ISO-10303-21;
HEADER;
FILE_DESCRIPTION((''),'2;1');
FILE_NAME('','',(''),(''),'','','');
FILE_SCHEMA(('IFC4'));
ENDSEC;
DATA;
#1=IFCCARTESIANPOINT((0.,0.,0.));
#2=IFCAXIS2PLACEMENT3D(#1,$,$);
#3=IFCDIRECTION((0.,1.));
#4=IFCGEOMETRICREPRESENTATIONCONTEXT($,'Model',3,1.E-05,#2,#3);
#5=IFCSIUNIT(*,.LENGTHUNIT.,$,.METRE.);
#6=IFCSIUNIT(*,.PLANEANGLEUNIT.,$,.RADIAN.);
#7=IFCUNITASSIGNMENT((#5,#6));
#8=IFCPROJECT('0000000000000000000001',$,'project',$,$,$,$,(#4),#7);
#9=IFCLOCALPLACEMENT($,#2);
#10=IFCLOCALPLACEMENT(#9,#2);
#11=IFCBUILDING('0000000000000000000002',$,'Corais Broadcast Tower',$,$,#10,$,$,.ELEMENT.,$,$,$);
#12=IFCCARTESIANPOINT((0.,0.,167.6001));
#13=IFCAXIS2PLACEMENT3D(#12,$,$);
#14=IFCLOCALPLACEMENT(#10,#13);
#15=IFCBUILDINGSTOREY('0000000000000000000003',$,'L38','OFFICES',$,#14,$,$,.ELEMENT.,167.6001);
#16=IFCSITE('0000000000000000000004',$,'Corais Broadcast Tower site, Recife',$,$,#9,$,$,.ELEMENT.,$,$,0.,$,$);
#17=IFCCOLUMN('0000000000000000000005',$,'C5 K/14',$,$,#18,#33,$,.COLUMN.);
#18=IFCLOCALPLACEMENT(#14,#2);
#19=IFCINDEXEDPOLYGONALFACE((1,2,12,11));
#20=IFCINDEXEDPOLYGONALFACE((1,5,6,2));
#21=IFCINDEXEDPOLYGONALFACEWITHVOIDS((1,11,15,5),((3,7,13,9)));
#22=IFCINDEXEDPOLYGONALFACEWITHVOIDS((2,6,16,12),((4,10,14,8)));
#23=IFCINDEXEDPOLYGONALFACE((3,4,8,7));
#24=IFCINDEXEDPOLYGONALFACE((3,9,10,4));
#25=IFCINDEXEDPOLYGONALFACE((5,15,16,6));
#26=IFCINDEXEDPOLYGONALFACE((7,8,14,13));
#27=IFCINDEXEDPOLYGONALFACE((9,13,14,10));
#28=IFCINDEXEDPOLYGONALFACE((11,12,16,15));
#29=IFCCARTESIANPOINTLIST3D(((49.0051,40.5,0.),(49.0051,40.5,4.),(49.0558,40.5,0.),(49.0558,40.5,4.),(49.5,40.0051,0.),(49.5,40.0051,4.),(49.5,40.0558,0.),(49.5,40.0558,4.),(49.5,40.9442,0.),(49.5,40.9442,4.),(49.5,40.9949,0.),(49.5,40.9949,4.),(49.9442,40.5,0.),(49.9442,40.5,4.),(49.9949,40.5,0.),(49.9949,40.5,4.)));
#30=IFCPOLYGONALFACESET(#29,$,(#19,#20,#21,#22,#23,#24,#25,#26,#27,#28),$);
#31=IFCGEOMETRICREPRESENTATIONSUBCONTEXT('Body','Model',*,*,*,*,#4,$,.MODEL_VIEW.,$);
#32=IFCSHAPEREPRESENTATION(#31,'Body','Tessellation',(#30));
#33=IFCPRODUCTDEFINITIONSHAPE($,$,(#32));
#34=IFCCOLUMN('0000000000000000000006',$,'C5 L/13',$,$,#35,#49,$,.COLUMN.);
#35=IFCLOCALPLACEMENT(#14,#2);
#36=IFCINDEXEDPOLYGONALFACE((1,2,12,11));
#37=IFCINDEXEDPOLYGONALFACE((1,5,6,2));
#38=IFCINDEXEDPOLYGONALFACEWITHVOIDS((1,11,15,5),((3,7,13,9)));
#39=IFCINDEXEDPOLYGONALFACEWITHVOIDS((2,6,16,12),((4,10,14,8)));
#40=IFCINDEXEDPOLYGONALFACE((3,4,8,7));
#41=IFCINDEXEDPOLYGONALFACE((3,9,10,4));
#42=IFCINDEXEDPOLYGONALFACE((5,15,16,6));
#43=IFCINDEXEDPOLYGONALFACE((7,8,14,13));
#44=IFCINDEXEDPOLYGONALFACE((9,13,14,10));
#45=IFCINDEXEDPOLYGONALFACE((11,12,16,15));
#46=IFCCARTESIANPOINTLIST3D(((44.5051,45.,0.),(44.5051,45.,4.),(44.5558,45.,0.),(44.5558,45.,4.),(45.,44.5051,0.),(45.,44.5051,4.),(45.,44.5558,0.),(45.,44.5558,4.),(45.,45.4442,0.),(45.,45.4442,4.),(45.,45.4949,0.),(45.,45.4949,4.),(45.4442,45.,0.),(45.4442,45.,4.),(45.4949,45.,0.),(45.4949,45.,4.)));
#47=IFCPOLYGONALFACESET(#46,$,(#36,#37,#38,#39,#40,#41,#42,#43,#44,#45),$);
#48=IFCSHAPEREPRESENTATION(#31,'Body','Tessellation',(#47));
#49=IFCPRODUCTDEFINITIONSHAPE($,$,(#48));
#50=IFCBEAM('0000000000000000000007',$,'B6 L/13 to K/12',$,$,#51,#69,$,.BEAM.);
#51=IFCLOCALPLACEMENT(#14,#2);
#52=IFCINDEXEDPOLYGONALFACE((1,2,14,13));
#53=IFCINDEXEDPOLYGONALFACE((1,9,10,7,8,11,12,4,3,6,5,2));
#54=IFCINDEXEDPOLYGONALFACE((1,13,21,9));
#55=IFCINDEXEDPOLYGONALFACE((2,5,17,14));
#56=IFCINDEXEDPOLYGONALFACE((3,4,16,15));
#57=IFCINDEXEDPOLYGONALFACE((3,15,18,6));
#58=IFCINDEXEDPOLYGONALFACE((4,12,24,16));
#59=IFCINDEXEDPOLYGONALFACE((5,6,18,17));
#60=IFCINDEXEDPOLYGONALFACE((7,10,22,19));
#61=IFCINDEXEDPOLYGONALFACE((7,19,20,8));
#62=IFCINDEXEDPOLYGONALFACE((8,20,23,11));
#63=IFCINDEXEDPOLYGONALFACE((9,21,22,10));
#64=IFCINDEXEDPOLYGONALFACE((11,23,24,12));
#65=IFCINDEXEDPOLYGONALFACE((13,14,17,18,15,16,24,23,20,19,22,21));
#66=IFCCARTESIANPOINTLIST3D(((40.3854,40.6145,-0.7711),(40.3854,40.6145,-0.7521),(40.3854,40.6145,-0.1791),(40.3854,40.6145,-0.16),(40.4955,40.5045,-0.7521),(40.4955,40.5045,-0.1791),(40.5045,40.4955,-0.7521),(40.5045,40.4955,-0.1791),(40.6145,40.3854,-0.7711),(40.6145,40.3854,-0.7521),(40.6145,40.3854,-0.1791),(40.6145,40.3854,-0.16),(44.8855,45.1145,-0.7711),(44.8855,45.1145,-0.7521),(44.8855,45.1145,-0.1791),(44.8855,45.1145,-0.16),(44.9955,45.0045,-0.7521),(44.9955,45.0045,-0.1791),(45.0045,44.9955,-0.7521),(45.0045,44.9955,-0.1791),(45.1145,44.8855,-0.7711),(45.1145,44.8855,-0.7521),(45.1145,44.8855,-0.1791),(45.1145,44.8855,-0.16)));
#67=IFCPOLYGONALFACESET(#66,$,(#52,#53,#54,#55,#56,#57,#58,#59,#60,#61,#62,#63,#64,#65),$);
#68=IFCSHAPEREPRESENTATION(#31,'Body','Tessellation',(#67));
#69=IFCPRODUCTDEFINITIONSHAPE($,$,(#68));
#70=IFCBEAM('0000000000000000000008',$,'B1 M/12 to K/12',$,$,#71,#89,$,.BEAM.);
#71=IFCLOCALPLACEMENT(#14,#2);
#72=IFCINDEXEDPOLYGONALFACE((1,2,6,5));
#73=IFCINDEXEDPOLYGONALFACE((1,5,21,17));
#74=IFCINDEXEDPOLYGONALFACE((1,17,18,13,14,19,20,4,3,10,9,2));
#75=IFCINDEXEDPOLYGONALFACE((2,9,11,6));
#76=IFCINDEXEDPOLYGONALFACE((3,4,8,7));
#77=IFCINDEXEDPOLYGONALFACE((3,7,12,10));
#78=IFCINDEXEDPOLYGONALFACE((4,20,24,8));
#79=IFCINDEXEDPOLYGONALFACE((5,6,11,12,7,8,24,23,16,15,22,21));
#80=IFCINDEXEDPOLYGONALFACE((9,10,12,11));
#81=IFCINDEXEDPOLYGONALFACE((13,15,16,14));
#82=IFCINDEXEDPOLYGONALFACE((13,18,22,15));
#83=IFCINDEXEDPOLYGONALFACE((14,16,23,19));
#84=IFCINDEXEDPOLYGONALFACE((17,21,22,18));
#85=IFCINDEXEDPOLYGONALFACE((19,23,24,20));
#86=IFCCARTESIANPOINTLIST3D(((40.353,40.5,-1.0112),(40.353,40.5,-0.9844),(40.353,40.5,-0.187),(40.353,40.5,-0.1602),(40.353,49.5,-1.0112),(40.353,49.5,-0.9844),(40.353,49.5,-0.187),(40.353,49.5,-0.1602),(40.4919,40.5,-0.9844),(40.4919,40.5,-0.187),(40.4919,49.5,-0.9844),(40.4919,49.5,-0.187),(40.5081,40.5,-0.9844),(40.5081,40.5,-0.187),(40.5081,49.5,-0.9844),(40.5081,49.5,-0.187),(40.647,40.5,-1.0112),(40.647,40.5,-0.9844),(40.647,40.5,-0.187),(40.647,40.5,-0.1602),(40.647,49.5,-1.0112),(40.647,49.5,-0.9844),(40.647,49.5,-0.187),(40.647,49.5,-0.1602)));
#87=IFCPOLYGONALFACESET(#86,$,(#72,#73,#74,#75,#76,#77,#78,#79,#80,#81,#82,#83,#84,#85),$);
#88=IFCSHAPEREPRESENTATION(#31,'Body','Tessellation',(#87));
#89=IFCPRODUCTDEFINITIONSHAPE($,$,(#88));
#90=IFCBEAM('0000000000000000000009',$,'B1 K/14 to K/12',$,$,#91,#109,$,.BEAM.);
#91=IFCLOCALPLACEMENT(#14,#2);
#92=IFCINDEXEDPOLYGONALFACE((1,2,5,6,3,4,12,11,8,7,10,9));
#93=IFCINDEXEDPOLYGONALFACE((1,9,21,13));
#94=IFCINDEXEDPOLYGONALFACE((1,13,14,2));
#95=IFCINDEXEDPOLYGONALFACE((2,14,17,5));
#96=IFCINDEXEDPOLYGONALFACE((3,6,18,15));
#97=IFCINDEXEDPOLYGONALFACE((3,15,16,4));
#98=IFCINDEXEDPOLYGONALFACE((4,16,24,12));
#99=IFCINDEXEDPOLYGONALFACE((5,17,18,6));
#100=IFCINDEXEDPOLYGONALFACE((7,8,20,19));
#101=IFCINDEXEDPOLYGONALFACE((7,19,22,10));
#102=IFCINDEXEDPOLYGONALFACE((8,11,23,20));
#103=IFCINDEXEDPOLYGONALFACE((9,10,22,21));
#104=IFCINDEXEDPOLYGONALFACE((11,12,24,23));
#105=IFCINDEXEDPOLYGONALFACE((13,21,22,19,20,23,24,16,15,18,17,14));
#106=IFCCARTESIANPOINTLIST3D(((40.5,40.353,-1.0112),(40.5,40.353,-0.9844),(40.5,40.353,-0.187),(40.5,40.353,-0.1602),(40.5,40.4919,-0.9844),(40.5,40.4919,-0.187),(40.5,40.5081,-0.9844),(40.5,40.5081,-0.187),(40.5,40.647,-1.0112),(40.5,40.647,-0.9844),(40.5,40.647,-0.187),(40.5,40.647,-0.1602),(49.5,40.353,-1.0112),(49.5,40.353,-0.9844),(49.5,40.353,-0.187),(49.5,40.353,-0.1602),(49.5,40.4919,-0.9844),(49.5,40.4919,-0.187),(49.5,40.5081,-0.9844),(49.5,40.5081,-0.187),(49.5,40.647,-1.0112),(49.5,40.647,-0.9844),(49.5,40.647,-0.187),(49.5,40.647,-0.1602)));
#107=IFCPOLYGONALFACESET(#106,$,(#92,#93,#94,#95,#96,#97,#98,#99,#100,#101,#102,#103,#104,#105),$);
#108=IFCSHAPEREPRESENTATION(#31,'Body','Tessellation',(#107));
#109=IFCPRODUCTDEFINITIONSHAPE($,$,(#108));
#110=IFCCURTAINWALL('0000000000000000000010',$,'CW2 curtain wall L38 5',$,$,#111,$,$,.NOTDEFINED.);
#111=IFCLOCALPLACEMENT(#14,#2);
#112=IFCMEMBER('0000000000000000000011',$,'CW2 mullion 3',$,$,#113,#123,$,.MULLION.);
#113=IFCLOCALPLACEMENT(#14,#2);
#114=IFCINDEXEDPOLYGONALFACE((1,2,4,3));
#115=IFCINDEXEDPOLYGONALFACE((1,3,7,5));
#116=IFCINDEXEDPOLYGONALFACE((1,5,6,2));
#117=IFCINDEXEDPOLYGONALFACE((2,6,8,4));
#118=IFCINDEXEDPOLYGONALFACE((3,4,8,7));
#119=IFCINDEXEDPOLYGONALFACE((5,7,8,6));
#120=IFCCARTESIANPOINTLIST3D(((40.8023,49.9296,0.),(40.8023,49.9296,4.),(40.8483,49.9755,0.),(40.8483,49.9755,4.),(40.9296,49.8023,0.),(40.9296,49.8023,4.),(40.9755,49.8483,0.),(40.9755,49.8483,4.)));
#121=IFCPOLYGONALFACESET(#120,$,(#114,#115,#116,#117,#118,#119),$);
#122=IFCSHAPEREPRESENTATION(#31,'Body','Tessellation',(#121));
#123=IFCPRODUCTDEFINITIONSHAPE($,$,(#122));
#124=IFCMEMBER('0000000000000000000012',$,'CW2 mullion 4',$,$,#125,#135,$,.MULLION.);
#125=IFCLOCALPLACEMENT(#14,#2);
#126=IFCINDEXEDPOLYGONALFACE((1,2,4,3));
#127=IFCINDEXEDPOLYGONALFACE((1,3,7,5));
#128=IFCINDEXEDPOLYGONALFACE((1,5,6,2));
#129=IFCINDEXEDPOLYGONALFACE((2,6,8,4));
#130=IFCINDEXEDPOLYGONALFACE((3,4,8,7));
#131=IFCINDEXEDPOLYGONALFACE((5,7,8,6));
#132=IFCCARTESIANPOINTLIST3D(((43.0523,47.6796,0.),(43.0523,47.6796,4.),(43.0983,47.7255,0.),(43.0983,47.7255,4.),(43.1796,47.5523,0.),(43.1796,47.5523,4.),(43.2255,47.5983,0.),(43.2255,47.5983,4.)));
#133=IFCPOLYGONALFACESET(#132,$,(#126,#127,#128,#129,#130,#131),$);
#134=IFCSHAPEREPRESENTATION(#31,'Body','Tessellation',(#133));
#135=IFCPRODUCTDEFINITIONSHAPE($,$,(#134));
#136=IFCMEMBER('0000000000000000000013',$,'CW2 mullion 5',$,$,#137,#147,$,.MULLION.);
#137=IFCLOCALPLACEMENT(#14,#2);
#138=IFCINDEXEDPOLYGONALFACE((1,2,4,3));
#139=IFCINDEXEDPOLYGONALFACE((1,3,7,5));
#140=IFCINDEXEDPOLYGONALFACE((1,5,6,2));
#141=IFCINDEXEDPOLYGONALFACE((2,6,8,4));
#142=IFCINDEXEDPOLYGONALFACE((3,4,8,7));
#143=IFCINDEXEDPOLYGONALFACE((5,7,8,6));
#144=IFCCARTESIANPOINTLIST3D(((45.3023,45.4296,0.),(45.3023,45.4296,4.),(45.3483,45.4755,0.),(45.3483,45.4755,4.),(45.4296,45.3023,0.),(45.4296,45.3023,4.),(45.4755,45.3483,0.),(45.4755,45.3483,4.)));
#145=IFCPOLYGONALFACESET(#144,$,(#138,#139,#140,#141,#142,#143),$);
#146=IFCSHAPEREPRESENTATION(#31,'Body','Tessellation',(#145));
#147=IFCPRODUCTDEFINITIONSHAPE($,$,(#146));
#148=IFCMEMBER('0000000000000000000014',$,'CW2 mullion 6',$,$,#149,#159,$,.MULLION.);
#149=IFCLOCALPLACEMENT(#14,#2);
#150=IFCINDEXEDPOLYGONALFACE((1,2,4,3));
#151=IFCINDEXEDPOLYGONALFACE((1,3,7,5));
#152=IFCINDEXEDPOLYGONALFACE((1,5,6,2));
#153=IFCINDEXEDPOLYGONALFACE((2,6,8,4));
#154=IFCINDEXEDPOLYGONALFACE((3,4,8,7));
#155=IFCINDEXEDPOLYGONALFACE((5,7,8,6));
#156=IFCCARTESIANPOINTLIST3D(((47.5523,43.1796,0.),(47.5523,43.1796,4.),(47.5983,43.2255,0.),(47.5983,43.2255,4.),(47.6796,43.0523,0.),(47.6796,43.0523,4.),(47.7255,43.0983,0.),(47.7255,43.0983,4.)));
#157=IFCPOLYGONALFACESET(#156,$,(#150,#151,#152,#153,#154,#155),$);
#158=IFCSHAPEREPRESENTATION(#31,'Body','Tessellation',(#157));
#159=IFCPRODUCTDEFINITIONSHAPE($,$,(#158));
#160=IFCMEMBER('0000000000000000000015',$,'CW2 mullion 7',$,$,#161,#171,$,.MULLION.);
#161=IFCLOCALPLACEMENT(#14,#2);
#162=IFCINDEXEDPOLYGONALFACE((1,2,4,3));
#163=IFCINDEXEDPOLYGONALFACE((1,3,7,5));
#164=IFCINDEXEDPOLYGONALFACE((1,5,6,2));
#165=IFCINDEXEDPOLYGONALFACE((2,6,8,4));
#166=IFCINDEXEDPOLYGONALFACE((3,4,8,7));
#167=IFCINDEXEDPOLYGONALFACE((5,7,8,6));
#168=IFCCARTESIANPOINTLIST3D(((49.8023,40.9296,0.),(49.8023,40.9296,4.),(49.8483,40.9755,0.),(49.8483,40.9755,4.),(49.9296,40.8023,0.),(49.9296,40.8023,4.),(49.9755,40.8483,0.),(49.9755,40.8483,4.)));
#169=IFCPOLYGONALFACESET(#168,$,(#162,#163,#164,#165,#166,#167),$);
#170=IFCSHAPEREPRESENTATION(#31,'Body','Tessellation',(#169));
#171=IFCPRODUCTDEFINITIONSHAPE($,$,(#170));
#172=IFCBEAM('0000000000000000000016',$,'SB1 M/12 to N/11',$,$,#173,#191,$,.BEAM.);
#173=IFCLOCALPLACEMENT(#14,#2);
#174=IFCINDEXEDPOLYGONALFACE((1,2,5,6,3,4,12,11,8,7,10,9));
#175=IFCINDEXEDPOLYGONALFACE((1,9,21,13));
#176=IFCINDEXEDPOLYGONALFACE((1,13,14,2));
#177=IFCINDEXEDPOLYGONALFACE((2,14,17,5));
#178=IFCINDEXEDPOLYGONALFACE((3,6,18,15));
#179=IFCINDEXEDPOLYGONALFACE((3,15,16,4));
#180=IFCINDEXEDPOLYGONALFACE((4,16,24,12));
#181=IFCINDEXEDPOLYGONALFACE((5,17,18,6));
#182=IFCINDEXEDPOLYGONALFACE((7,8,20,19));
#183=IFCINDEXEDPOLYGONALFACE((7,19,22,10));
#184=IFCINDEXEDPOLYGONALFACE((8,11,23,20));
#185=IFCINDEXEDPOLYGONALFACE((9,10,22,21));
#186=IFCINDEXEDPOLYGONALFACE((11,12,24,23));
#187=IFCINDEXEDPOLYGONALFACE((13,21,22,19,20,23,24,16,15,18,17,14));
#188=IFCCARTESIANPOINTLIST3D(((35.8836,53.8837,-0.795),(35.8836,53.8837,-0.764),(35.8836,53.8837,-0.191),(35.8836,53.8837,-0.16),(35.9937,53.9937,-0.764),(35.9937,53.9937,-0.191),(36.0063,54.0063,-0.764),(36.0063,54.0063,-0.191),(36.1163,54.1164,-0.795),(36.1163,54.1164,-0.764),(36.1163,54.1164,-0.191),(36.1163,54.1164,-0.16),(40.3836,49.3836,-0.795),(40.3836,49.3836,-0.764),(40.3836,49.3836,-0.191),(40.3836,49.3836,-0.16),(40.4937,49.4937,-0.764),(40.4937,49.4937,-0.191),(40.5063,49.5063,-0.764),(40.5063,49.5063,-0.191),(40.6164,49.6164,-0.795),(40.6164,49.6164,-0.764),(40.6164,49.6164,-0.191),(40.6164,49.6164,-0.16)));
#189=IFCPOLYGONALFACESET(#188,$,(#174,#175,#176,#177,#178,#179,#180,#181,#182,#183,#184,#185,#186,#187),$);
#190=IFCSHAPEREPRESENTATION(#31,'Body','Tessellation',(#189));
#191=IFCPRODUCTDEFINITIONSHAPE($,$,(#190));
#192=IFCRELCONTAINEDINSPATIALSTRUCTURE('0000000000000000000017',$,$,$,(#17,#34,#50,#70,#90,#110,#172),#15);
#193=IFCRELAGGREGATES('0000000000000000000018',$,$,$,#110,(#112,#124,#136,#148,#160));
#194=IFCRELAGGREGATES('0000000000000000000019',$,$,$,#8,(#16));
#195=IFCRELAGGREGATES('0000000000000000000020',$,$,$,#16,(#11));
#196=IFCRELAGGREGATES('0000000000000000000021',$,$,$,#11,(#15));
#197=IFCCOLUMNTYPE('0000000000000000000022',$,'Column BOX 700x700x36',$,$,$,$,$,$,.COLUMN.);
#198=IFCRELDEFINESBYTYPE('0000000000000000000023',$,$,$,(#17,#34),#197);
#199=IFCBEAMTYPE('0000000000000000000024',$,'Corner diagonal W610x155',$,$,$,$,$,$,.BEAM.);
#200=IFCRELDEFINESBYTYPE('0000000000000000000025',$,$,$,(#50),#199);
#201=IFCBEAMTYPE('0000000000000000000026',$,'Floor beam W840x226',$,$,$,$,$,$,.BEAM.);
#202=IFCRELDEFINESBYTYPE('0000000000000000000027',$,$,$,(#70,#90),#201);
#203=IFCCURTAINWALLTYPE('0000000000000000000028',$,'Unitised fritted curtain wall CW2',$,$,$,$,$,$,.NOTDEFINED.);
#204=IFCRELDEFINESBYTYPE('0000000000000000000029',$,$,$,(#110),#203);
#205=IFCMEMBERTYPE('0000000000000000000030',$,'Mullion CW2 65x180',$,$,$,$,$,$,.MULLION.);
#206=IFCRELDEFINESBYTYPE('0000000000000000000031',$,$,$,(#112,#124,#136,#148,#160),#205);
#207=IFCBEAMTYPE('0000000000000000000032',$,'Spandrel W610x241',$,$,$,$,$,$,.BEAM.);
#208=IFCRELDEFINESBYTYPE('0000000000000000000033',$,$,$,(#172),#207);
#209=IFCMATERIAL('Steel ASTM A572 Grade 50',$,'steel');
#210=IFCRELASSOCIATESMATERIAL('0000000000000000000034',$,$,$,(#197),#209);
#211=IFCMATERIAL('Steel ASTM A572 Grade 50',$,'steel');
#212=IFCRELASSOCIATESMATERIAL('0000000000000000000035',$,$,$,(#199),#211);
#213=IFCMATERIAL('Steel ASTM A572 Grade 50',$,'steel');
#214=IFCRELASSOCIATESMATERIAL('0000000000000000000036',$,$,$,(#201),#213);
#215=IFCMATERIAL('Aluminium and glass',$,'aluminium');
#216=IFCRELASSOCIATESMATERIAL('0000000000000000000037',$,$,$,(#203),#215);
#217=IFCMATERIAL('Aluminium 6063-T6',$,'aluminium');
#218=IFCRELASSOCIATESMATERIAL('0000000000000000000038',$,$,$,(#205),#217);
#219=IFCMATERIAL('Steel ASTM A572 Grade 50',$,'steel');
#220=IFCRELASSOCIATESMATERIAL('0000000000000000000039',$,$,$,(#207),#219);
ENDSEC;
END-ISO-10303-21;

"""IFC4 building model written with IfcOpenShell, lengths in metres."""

from ifc_helpers import new_model, si_unit, direction, frame, origin, origin_2d, place, context, subcontext, project, spatial, rectangle, hollow_rectangle, i_section, extrude, material, material_profile, profile_set, type_object, element, aggregate, save


model = new_model("IFC4")

# Units and contexts
model_context = context("Model", 3, precision=1e-05, world=origin(), true_north=direction((0.0, 1.0)))
body_context = subcontext(model_context, "Body", "Model", "MODEL_VIEW")
ifc_project = project(units=[si_unit("LENGTHUNIT", "METRE"), si_unit("PLANEANGLEUNIT", "RADIAN")], contexts=[model_context])

# Site, building, storey
site_placement = place(None, origin())
site = spatial("IfcSite", under=ifc_project, at=site_placement, Name="Corais Broadcast Tower site, Recife", CompositionType="ELEMENT", RefElevation=0.0)
building_placement = place(site_placement, origin())
building = spatial("IfcBuilding", under=site, at=building_placement, Name="Corais Broadcast Tower", CompositionType="ELEMENT")
storey_placement = place(building_placement, frame((0.0, 0.0, 167.6001)))
storey = spatial("IfcBuildingStorey", under=building, at=storey_placement, Name="L38", Description="OFFICES", CompositionType="ELEMENT", Elevation=167.6001)

# Columns
ifc_material_1 = material(Name="Steel ASTM A572 Grade 50", Category="steel")
ifc_material_profile_1 = material_profile(ifc_material_1, hollow_rectangle(XDim=0.7, YDim=0.7, WallThickness=0.0359, at=origin_2d()), Name="BOX 700x700x36")
ifc_profile_set_1 = profile_set([ifc_material_profile_1], Name="Steel ASTM A572 Grade 50")
column_type = type_object("IfcColumnType", Name="Column BOX 700x700x36", PredefinedType="COLUMN", material=ifc_profile_set_1)
for number, where, z_axis, x_axis, name in (
    (1, (49.5, 40.5, 0.0), (0.0, 0.0, 1.0), (0.707107, 0.707107, 0.0), "C5 K/14"),
    (2, (45.0, 45.0, 0.0), (0.0, 0.0, 1.0), (0.707107, 0.707107, 0.0), "C5 L/13"),
):
    element("IfcColumn", number, at=place(storey_placement, frame(where, z_axis=z_axis, x_axis=x_axis)), inside=storey, type_object=column_type, Name=name, PredefinedType="COLUMN", context=body_context, shape_type="SweptSolid", body=[
        extrude(hollow_rectangle(XDim=0.7, YDim=0.7, WallThickness=0.0359, at=origin_2d()), origin(), (0.0, 0.0, 1.0), 4.0),
    ])

# Beams
ifc_material_2 = material(Name="Steel ASTM A572 Grade 50", Category="steel")
ifc_material_profile_2 = material_profile(ifc_material_2, i_section(OverallWidth=0.324, OverallDepth=0.6111, WebThickness=0.0127, FlangeThickness=0.019, at=origin_2d()), Name="W610x155")
ifc_profile_set_2 = profile_set([ifc_material_profile_2], Name="Steel ASTM A572 Grade 50")
beam_type_1 = type_object("IfcBeamType", Name="Corner diagonal W610x155", PredefinedType="BEAM", material=ifc_profile_set_2)
beam_placement = place(storey_placement, frame((45.0, 45.0, -0.4656), z_axis=(-0.707107, -0.707107, 0.0), x_axis=(0.707107, -0.707107, 0.0)))
element("IfcBeam", 3, at=beam_placement, inside=storey, type_object=beam_type_1, Name="B6 L/13 to K/12", PredefinedType="BEAM", context=body_context, shape_type="SweptSolid", body=[
    extrude(i_section(OverallWidth=0.324, OverallDepth=0.6111, WebThickness=0.0127, FlangeThickness=0.019, at=origin_2d()), origin(), (0.0, 0.0, 1.0), 6.364),
])
ifc_material_3 = material(Name="Steel ASTM A572 Grade 50", Category="steel")
ifc_material_profile_3 = material_profile(ifc_material_3, i_section(OverallWidth=0.2939, OverallDepth=0.8511, WebThickness=0.0161, FlangeThickness=0.0269, at=origin_2d()), Name="W840x226")
ifc_profile_set_3 = profile_set([ifc_material_profile_3], Name="Steel ASTM A572 Grade 50")
beam_type_2 = type_object("IfcBeamType", Name="Floor beam W840x226", PredefinedType="BEAM", material=ifc_profile_set_3)
for number, where, z_axis, x_axis, name in (
    (4, (40.5, 49.5, -0.5857), (0.0, -1.0, 0.0), (1.0, 0.0, 0.0), "B1 M/12 to K/12"),
    (5, (49.5, 40.5, -0.5857), (-1.0, 0.0, 0.0), (0.0, -1.0, 0.0), "B1 K/14 to K/12"),
):
    element("IfcBeam", number, at=place(storey_placement, frame(where, z_axis=z_axis, x_axis=x_axis)), inside=storey, type_object=beam_type_2, Name=name, PredefinedType="BEAM", context=body_context, shape_type="SweptSolid", body=[
        extrude(i_section(OverallWidth=0.2939, OverallDepth=0.8511, WebThickness=0.0161, FlangeThickness=0.0269, at=origin_2d()), origin(), (0.0, 0.0, 1.0), 9.0),
    ])

# Curtain wall, members
ifc_material_4 = material(Name="Aluminium and glass", Category="aluminium")
curtain_wall_type = type_object("IfcCurtainWallType", Name="Unitised fritted curtain wall CW2", PredefinedType="NOTDEFINED", material=ifc_material_4)
curtain_wall_placement = place(storey_placement, origin())
curtain_wall = element("IfcCurtainWall", 6, at=curtain_wall_placement, inside=storey, type_object=curtain_wall_type, Name="CW2 curtain wall L38 5", PredefinedType="NOTDEFINED")
ifc_material_5 = material(Name="Aluminium 6063-T6", Category="aluminium")
ifc_material_profile_4 = material_profile(ifc_material_5, rectangle(XDim=0.0649, YDim=0.1799, at=origin_2d()), Name="Mullion CW2 65x180")
ifc_profile_set_4 = profile_set([ifc_material_profile_4], Name="Aluminium 6063-T6")
member_type_1 = type_object("IfcMemberType", Name="Mullion CW2 65x180", PredefinedType="MULLION", material=ifc_profile_set_4)
member_1_placement = place(storey_placement, frame((40.8889, 49.8889, 0.0), z_axis=(0.0, 0.0, 1.0), x_axis=(0.707107, 0.707107, 0.0)))
member_1 = element("IfcMember", 7, at=member_1_placement, type_object=member_type_1, Name="CW2 mullion 3", PredefinedType="MULLION", context=body_context, shape_type="SweptSolid", body=[
    extrude(rectangle(XDim=0.0649, YDim=0.1799, at=origin_2d()), origin(), (0.0, 0.0, 1.0), 4.0),
])
member_2_placement = place(storey_placement, frame((43.1389, 47.6389, 0.0), z_axis=(0.0, 0.0, 1.0), x_axis=(0.707107, 0.707107, 0.0)))
member_2 = element("IfcMember", 8, at=member_2_placement, type_object=member_type_1, Name="CW2 mullion 4", PredefinedType="MULLION", context=body_context, shape_type="SweptSolid", body=[
    extrude(rectangle(XDim=0.0649, YDim=0.1799, at=origin_2d()), origin(), (0.0, 0.0, 1.0), 4.0),
])
member_3_placement = place(storey_placement, frame((45.3889, 45.3889, 0.0), z_axis=(0.0, 0.0, 1.0), x_axis=(0.707107, 0.707107, 0.0)))
member_3 = element("IfcMember", 9, at=member_3_placement, type_object=member_type_1, Name="CW2 mullion 5", PredefinedType="MULLION", context=body_context, shape_type="SweptSolid", body=[
    extrude(rectangle(XDim=0.0649, YDim=0.1799, at=origin_2d()), origin(), (0.0, 0.0, 1.0), 4.0),
])
member_4_placement = place(storey_placement, frame((47.6389, 43.1389, 0.0), z_axis=(0.0, 0.0, 1.0), x_axis=(0.707107, 0.707107, 0.0)))
member_4 = element("IfcMember", 10, at=member_4_placement, type_object=member_type_1, Name="CW2 mullion 6", PredefinedType="MULLION", context=body_context, shape_type="SweptSolid", body=[
    extrude(rectangle(XDim=0.0649, YDim=0.1799, at=origin_2d()), origin(), (0.0, 0.0, 1.0), 4.0),
])
member_5_placement = place(storey_placement, frame((49.8889, 40.8889, 0.0), z_axis=(0.0, 0.0, 1.0), x_axis=(0.707107, 0.707107, 0.0)))
member_5 = element("IfcMember", 11, at=member_5_placement, type_object=member_type_1, Name="CW2 mullion 7", PredefinedType="MULLION", context=body_context, shape_type="SweptSolid", body=[
    extrude(rectangle(XDim=0.0649, YDim=0.1799, at=origin_2d()), origin(), (0.0, 0.0, 1.0), 4.0),
])

# Beam
ifc_material_6 = material(Name="Steel ASTM A572 Grade 50", Category="steel")
ifc_material_profile_5 = material_profile(ifc_material_6, i_section(OverallWidth=0.3291, OverallDepth=0.635, WebThickness=0.0178, FlangeThickness=0.031, at=origin_2d()), Name="W610x241")
ifc_profile_set_5 = profile_set([ifc_material_profile_5], Name="Steel ASTM A572 Grade 50")
beam_type_3 = type_object("IfcBeamType", Name="Spandrel W610x241", PredefinedType="BEAM", material=ifc_profile_set_5)
for number, where, z_axis, x_axis, name in (
    (12, (40.5, 49.5, -0.4775), (-0.707107, 0.707107, 0.0), (-0.707107, -0.707107, 0.0), "SB1 M/12 to N/11"),
):
    element("IfcBeam", number, at=place(storey_placement, frame(where, z_axis=z_axis, x_axis=x_axis)), inside=storey, type_object=beam_type_3, Name=name, PredefinedType="BEAM", context=body_context, shape_type="SweptSolid", body=[
        extrude(i_section(OverallWidth=0.3291, OverallDepth=0.635, WebThickness=0.0178, FlangeThickness=0.031, at=origin_2d()), origin(), (0.0, 0.0, 1.0), 6.364),
    ])

aggregate(curtain_wall, [member_1, member_2, member_3, member_4, member_5])

save(model, "model.ifc")
